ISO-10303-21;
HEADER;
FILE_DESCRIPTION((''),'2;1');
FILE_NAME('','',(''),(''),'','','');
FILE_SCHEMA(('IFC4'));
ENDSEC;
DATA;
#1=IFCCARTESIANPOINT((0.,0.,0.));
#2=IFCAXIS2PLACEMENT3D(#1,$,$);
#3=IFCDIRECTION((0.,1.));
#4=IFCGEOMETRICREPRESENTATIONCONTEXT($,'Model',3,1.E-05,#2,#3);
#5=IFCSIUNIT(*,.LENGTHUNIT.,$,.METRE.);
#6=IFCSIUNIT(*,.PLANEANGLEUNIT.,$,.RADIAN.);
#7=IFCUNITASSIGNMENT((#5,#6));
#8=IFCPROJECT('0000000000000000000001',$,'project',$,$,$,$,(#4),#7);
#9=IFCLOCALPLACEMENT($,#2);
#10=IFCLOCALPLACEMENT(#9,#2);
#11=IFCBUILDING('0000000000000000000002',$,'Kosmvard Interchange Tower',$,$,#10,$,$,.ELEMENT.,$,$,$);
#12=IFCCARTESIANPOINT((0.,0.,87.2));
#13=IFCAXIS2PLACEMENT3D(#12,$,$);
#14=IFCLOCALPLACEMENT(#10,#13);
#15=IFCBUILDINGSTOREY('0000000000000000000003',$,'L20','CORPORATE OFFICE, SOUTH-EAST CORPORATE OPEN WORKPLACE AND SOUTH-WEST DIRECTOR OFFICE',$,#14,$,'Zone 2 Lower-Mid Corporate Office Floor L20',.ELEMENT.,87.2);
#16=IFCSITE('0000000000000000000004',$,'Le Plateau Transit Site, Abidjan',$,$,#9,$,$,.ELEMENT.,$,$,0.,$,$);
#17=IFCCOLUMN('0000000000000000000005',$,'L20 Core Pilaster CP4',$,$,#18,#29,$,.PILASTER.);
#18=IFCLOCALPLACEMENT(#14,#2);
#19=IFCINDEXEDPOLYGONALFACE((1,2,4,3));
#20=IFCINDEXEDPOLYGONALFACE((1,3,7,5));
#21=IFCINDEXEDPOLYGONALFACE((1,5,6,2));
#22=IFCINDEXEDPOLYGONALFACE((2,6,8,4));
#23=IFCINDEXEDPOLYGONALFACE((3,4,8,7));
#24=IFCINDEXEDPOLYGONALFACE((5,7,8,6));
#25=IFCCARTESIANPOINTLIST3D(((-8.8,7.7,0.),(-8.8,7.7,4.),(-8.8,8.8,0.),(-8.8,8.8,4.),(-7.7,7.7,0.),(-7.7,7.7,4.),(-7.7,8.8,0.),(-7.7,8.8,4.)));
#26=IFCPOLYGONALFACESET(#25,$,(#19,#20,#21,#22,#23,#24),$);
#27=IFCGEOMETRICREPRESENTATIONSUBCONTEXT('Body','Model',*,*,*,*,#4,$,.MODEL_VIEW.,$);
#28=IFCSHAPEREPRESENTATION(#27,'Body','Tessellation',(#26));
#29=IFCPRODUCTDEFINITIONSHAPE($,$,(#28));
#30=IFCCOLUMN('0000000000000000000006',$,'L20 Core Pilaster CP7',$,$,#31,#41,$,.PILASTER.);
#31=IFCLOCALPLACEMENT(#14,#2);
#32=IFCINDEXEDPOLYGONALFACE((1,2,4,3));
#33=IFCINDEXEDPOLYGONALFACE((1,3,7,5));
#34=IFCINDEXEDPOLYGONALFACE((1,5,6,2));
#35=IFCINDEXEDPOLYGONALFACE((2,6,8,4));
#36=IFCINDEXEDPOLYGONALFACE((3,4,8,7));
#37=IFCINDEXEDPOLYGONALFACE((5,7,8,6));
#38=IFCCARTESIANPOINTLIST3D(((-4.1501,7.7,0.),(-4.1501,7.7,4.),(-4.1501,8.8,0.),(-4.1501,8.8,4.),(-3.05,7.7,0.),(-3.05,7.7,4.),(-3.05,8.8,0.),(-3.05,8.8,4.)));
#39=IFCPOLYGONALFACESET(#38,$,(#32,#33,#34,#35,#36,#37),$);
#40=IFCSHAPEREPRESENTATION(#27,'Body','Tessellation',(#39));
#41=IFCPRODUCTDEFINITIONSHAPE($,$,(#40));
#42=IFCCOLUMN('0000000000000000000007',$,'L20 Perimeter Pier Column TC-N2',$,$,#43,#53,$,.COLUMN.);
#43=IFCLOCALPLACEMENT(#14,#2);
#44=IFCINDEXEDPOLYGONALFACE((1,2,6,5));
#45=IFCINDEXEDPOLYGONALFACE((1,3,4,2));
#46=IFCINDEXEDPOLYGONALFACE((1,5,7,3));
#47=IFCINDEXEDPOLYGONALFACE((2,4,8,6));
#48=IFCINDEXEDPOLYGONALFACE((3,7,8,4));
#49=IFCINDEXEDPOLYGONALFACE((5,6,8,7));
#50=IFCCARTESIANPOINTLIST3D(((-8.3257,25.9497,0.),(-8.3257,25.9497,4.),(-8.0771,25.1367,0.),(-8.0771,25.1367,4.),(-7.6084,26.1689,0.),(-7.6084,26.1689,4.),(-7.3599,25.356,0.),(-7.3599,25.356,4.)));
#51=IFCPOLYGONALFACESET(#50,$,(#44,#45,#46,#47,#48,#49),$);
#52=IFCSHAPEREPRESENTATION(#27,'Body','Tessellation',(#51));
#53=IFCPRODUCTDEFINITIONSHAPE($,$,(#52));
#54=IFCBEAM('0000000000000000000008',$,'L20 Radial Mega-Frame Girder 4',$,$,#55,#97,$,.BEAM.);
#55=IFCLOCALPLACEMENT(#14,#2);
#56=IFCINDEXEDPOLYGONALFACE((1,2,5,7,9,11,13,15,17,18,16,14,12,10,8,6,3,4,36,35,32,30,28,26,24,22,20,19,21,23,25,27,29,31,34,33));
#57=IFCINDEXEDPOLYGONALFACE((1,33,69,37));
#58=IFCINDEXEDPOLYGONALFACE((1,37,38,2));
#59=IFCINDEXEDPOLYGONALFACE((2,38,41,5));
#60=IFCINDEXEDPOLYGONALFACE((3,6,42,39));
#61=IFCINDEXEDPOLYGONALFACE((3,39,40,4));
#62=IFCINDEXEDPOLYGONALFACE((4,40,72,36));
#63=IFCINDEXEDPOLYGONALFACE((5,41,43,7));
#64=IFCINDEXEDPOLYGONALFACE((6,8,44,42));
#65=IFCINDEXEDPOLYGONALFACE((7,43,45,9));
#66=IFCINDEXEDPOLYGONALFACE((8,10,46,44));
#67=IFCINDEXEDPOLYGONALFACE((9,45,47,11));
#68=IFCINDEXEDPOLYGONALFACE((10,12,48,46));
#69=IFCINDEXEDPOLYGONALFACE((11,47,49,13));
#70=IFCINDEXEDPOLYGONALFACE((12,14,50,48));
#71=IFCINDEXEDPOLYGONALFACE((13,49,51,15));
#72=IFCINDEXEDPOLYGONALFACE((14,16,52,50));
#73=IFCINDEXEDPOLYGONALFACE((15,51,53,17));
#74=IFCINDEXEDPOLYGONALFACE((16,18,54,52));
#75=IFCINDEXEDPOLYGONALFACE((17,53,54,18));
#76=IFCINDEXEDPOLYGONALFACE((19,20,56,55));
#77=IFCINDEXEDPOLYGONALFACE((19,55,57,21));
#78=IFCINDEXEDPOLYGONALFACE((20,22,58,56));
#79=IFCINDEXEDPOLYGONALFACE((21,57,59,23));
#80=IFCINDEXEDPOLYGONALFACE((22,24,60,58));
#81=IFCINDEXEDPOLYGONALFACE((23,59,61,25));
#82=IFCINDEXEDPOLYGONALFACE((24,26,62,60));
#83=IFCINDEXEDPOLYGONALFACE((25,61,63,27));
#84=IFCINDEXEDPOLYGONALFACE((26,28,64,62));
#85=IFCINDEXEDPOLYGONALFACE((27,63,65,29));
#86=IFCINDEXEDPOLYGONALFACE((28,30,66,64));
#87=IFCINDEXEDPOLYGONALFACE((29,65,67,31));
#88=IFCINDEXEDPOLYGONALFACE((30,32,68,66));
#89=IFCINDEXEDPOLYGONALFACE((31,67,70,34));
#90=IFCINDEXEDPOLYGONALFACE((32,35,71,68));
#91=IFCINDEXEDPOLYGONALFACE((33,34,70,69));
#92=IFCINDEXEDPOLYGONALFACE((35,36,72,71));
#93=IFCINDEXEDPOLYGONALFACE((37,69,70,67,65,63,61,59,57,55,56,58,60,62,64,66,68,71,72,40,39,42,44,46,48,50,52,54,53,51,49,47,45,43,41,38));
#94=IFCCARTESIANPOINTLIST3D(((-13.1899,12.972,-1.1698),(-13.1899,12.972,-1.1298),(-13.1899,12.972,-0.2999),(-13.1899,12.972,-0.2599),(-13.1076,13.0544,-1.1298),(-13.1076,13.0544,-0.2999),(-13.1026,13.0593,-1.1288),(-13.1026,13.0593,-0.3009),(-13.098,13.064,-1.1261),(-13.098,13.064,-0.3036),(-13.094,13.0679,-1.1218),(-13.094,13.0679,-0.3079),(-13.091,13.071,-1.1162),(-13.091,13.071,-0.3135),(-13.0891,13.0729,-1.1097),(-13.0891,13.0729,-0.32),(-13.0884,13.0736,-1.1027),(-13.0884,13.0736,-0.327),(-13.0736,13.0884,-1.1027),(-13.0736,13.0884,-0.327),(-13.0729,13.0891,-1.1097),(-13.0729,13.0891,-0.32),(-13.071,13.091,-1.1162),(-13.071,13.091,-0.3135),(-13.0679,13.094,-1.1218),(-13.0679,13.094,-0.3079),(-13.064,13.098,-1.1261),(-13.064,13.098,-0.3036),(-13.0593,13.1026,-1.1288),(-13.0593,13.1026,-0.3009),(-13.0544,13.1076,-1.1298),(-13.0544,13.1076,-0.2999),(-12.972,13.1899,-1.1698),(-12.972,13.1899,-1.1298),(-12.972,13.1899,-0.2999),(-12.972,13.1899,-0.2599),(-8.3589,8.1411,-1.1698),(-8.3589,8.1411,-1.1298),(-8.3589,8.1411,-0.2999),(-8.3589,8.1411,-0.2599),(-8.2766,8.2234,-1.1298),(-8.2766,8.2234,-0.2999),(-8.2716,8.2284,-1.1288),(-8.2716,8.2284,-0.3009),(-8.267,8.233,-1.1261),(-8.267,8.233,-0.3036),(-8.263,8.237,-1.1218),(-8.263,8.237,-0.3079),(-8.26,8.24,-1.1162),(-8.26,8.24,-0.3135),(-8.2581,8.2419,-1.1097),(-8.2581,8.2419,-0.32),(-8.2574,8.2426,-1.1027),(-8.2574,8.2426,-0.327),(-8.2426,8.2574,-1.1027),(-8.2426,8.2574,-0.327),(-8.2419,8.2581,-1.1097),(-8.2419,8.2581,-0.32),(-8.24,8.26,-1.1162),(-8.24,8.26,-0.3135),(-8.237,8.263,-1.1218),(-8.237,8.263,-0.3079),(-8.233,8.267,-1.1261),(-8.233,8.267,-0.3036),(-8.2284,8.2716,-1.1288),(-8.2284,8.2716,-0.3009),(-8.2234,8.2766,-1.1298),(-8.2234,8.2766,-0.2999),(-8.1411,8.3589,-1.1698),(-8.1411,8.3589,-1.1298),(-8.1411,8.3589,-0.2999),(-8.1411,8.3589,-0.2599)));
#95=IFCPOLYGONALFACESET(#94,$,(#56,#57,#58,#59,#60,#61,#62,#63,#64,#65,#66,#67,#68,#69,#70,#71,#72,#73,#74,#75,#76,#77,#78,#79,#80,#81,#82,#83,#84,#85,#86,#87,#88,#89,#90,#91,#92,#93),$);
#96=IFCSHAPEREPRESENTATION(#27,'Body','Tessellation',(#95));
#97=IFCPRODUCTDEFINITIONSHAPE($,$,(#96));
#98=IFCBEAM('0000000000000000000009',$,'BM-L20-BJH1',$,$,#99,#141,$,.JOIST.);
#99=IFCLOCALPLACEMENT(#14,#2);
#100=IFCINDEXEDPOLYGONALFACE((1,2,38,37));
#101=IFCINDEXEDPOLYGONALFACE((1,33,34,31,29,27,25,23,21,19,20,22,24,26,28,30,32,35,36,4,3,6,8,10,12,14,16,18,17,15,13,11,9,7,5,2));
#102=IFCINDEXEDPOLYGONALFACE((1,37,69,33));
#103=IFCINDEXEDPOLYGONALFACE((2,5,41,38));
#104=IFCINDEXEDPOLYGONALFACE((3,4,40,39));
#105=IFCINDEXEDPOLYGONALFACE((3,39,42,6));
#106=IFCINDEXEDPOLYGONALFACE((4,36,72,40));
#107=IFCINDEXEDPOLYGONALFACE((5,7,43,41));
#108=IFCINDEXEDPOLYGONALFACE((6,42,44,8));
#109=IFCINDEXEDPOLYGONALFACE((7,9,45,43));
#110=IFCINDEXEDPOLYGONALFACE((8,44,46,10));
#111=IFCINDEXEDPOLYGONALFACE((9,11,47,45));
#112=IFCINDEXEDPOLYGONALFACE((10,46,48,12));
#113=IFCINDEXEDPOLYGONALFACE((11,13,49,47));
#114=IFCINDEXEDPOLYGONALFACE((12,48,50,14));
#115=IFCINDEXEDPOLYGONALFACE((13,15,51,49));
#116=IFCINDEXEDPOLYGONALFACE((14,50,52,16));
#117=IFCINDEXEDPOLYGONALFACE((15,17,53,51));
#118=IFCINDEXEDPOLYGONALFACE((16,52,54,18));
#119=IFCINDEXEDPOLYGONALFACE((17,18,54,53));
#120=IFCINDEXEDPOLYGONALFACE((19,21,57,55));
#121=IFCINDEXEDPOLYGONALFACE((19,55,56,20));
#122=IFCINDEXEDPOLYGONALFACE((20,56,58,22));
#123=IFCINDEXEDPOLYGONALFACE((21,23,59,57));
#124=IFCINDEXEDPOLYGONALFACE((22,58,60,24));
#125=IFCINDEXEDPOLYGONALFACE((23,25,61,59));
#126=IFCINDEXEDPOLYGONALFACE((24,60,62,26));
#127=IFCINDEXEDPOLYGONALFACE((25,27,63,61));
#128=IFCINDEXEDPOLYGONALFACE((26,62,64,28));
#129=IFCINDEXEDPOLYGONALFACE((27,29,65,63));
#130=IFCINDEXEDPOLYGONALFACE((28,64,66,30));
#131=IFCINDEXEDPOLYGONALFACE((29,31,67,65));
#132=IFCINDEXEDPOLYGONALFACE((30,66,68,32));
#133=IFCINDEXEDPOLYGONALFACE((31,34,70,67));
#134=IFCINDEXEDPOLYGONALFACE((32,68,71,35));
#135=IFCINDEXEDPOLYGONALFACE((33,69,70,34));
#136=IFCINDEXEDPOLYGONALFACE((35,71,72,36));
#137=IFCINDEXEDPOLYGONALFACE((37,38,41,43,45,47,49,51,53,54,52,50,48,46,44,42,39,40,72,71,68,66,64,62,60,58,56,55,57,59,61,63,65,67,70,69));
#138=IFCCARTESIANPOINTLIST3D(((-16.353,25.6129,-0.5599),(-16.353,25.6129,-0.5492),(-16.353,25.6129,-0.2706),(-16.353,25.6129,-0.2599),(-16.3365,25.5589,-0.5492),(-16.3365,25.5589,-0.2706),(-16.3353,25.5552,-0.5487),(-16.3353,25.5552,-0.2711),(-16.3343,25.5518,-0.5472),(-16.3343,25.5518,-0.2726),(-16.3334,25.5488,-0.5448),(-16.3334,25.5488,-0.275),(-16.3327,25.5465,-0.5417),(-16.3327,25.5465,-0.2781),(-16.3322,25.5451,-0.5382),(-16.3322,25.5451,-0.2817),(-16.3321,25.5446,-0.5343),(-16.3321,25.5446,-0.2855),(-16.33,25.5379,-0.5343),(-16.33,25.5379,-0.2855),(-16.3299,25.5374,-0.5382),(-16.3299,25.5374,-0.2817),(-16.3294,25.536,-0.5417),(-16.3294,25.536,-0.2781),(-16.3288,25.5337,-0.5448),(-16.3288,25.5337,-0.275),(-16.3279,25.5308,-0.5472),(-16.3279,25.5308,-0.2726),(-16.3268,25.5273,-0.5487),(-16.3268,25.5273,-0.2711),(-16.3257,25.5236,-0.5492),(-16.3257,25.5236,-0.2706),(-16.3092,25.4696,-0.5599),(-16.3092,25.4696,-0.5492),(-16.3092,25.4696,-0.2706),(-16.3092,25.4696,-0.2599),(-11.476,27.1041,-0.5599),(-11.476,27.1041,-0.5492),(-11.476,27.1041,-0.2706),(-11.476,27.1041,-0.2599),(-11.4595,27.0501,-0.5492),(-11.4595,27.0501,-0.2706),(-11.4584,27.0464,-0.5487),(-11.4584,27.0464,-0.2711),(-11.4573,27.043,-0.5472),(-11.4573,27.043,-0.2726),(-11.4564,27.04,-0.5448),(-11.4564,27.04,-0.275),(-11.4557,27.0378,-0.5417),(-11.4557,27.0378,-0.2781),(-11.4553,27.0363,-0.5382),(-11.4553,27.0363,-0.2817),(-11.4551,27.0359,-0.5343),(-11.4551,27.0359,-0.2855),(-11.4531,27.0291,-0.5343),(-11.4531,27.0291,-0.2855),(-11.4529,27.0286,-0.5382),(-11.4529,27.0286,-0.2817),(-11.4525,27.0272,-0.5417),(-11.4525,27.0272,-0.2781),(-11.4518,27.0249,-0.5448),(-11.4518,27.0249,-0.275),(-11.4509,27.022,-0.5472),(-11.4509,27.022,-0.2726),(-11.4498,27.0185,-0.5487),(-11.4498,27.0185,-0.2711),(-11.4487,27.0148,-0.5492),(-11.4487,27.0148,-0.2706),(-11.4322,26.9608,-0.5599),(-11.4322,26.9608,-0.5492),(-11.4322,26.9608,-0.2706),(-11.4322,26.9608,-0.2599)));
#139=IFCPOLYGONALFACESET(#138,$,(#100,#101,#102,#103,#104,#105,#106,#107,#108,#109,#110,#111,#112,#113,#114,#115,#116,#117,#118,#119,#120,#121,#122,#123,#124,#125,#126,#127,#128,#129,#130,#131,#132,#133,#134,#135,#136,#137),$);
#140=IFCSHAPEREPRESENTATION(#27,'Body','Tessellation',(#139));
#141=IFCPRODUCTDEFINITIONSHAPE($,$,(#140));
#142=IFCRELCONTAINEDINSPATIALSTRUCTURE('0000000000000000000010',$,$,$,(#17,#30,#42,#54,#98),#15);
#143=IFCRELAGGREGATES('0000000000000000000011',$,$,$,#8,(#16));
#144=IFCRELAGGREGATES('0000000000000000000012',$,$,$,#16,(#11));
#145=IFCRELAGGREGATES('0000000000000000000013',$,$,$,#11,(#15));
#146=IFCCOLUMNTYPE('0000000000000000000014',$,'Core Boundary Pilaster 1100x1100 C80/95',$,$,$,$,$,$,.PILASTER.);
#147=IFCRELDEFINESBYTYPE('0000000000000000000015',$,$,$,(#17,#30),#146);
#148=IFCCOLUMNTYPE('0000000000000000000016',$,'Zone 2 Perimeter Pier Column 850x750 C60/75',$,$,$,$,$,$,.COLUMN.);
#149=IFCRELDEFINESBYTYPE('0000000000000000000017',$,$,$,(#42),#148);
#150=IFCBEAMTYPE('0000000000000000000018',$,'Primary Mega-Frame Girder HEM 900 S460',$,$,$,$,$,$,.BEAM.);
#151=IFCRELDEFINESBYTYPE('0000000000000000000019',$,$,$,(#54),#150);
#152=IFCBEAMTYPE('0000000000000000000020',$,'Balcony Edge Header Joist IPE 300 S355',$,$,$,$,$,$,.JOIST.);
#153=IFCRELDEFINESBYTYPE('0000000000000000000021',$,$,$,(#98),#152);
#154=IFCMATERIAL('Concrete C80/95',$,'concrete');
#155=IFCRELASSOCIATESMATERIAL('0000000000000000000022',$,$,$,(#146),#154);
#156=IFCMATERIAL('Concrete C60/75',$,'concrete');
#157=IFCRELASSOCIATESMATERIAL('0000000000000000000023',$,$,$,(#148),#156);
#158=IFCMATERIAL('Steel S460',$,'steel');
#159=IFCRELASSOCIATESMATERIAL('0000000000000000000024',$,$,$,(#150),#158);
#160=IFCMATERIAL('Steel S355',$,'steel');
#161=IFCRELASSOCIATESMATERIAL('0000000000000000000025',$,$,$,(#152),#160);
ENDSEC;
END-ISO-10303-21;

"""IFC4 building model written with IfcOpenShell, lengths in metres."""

from ifc_helpers import new_model, si_unit, direction, frame, origin, origin_2d, place, context, subcontext, project, spatial, rectangle, i_section, extrude, source, transform, mapped, material, material_profile, profile_set, type_object, element, save


model = new_model("IFC4")

# Units and contexts
model_context = context("Model", 3, precision=1e-05, world=origin(), true_north=direction((0.0, 1.0)))
body_context = subcontext(model_context, "Body", "Model", "MODEL_VIEW")
ifc_project = project(units=[si_unit("LENGTHUNIT", "METRE"), si_unit("PLANEANGLEUNIT", "RADIAN")], contexts=[model_context])

# Site, building, storey
site_placement = place(None, origin())
site = spatial("IfcSite", under=ifc_project, at=site_placement, Name="Le Plateau Transit Site, Abidjan", CompositionType="ELEMENT", RefElevation=0.0)
building_placement = place(site_placement, origin())
building = spatial("IfcBuilding", under=site, at=building_placement, Name="Kosmvard Interchange Tower", CompositionType="ELEMENT")
storey_placement = place(building_placement, frame((0.0, 0.0, 87.2)))
storey = spatial("IfcBuildingStorey", under=building, at=storey_placement, Name="L20", Description="CORPORATE OFFICE, SOUTH-EAST CORPORATE OPEN WORKPLACE AND SOUTH-WEST DIRECTOR OFFICE", LongName="Zone 2 Lower-Mid Corporate Office Floor L20", CompositionType="ELEMENT", Elevation=87.2)

# Columns
ifc_material_1 = material(Name="Concrete C80/95", Category="concrete")
ifc_material_profile_1 = material_profile(ifc_material_1, rectangle(XDim=1.1001, YDim=1.1001, at=origin_2d()), Name="CP 1100x1100")
ifc_profile_set_1 = profile_set([ifc_material_profile_1], Name="Concrete C80/95")
column_type_1 = type_object("IfcColumnType", Name="Core Boundary Pilaster 1100x1100 C80/95", PredefinedType="PILASTER", material=ifc_profile_set_1)
shared_shape_1 = source(origin(), body_context, "Body", "SweptSolid", [
    extrude(rectangle(XDim=1.1001, YDim=1.1001, at=origin_2d()), origin(), (0.0, 0.0, 1.0), 4.0),
])
for number, where, z_axis, x_axis, name in (
    (1, (-8.25, 8.25, 0.0), (0.0, 0.0, 1.0), (1.0, 0.0, 0.0), "L20 Core Pilaster CP4"),
    (2, (-3.6001, 8.25, 0.0), (0.0, 0.0, 1.0), (1.0, 0.0, 0.0), "L20 Core Pilaster CP7"),
):
    element("IfcColumn", number, at=place(storey_placement, frame(where, z_axis=z_axis, x_axis=x_axis)), inside=storey, type_object=column_type_1, Name=name, PredefinedType="PILASTER", context=body_context, shape_type="MappedRepresentation", body=[
        mapped(shared_shape_1, transform((0.0, 0.0, 0.0), scale=1.0)),
    ])
ifc_material_2 = material(Name="Concrete C60/75", Category="concrete")
ifc_material_profile_2 = material_profile(ifc_material_2, rectangle(XDim=0.75, YDim=0.8501, at=origin_2d()), Name="TC 850x750")
ifc_profile_set_2 = profile_set([ifc_material_profile_2], Name="Concrete C60/75")
column_type_2 = type_object("IfcColumnType", Name="Zone 2 Perimeter Pier Column 850x750 C60/75", PredefinedType="COLUMN", material=ifc_profile_set_2)
shared_shape_2 = source(origin(), body_context, "Body", "SweptSolid", [
    extrude(rectangle(XDim=0.75, YDim=0.8501, at=origin_2d()), origin(), (0.0, 0.0, 1.0), 4.0),
])
column_placement = place(storey_placement, frame((-7.8428, 25.6528, 0.0), z_axis=(0.0, 0.0, 1.0), x_axis=(0.956305, 0.292372, 0.0)))
element("IfcColumn", 3, at=column_placement, inside=storey, type_object=column_type_2, Name="L20 Perimeter Pier Column TC-N2", PredefinedType="COLUMN", context=body_context, shape_type="MappedRepresentation", body=[
    mapped(shared_shape_2, transform((0.0, 0.0, 0.0), scale=1.0)),
])

# Beams
ifc_material_3 = material(Name="Steel S460", Category="steel")
ifc_material_profile_3 = material_profile(ifc_material_3, i_section(OverallWidth=0.3081, OverallDepth=0.9099, WebThickness=0.021, FlangeThickness=0.04, FilletRadius=0.0271, at=origin_2d()), Name="HEM 900")
ifc_profile_set_3 = profile_set([ifc_material_profile_3], Name="Steel S460")
beam_type_1 = type_object("IfcBeamType", Name="Primary Mega-Frame Girder HEM 900 S460", PredefinedType="BEAM", material=ifc_profile_set_3)
shared_shape_3 = source(origin(), body_context, "Body", "SweptSolid", [
    extrude(i_section(OverallWidth=0.3081, OverallDepth=0.9099, WebThickness=0.021, FlangeThickness=0.04, FilletRadius=0.0271, at=origin_2d()), origin(), (0.0, 0.0, 1.0), 6.832),
])
beam_1_placement = place(storey_placement, frame((-8.25, 8.25, -0.7148), z_axis=(-0.707107, 0.707107, 0.0), x_axis=(-0.707107, -0.707107, 0.0)))
element("IfcBeam", 4, at=beam_1_placement, inside=storey, type_object=beam_type_1, Name="L20 Radial Mega-Frame Girder 4", PredefinedType="BEAM", context=body_context, shape_type="MappedRepresentation", body=[
    mapped(shared_shape_3, transform((0.0, 0.0, 0.0), scale=1.0)),
])
ifc_material_4 = material(Name="Steel S355", Category="steel")
ifc_material_profile_4 = material_profile(ifc_material_4, i_section(OverallWidth=0.1499, OverallDepth=0.3, WebThickness=0.0071, FlangeThickness=0.0107, FilletRadius=0.0149, at=origin_2d()), Name="IPE 300")
ifc_profile_set_4 = profile_set([ifc_material_profile_4], Name="Steel S355")
beam_type_2 = type_object("IfcBeamType", Name="Balcony Edge Header Joist IPE 300 S355", PredefinedType="JOIST", material=ifc_profile_set_4)
shared_shape_4 = source(origin(), body_context, "Body", "SweptSolid", [
    extrude(i_section(OverallWidth=0.1499, OverallDepth=0.3, WebThickness=0.0071, FlangeThickness=0.0107, FilletRadius=0.0149, at=origin_2d()), origin(), (0.0, 0.0, 1.0), 5.0999),
])
beam_2_placement = place(storey_placement, frame((-11.4541, 27.0325, -0.4099), z_axis=(-0.956295, -0.292403, 0.0), x_axis=(0.292403, -0.956295, 0.0)))
element("IfcBeam", 5, at=beam_2_placement, inside=storey, type_object=beam_type_2, Name="BM-L20-BJH1", PredefinedType="JOIST", context=body_context, shape_type="MappedRepresentation", body=[
    mapped(shared_shape_4, transform((0.0, 0.0, 0.0), scale=1.0)),
])

save(model, "model.ifc")
